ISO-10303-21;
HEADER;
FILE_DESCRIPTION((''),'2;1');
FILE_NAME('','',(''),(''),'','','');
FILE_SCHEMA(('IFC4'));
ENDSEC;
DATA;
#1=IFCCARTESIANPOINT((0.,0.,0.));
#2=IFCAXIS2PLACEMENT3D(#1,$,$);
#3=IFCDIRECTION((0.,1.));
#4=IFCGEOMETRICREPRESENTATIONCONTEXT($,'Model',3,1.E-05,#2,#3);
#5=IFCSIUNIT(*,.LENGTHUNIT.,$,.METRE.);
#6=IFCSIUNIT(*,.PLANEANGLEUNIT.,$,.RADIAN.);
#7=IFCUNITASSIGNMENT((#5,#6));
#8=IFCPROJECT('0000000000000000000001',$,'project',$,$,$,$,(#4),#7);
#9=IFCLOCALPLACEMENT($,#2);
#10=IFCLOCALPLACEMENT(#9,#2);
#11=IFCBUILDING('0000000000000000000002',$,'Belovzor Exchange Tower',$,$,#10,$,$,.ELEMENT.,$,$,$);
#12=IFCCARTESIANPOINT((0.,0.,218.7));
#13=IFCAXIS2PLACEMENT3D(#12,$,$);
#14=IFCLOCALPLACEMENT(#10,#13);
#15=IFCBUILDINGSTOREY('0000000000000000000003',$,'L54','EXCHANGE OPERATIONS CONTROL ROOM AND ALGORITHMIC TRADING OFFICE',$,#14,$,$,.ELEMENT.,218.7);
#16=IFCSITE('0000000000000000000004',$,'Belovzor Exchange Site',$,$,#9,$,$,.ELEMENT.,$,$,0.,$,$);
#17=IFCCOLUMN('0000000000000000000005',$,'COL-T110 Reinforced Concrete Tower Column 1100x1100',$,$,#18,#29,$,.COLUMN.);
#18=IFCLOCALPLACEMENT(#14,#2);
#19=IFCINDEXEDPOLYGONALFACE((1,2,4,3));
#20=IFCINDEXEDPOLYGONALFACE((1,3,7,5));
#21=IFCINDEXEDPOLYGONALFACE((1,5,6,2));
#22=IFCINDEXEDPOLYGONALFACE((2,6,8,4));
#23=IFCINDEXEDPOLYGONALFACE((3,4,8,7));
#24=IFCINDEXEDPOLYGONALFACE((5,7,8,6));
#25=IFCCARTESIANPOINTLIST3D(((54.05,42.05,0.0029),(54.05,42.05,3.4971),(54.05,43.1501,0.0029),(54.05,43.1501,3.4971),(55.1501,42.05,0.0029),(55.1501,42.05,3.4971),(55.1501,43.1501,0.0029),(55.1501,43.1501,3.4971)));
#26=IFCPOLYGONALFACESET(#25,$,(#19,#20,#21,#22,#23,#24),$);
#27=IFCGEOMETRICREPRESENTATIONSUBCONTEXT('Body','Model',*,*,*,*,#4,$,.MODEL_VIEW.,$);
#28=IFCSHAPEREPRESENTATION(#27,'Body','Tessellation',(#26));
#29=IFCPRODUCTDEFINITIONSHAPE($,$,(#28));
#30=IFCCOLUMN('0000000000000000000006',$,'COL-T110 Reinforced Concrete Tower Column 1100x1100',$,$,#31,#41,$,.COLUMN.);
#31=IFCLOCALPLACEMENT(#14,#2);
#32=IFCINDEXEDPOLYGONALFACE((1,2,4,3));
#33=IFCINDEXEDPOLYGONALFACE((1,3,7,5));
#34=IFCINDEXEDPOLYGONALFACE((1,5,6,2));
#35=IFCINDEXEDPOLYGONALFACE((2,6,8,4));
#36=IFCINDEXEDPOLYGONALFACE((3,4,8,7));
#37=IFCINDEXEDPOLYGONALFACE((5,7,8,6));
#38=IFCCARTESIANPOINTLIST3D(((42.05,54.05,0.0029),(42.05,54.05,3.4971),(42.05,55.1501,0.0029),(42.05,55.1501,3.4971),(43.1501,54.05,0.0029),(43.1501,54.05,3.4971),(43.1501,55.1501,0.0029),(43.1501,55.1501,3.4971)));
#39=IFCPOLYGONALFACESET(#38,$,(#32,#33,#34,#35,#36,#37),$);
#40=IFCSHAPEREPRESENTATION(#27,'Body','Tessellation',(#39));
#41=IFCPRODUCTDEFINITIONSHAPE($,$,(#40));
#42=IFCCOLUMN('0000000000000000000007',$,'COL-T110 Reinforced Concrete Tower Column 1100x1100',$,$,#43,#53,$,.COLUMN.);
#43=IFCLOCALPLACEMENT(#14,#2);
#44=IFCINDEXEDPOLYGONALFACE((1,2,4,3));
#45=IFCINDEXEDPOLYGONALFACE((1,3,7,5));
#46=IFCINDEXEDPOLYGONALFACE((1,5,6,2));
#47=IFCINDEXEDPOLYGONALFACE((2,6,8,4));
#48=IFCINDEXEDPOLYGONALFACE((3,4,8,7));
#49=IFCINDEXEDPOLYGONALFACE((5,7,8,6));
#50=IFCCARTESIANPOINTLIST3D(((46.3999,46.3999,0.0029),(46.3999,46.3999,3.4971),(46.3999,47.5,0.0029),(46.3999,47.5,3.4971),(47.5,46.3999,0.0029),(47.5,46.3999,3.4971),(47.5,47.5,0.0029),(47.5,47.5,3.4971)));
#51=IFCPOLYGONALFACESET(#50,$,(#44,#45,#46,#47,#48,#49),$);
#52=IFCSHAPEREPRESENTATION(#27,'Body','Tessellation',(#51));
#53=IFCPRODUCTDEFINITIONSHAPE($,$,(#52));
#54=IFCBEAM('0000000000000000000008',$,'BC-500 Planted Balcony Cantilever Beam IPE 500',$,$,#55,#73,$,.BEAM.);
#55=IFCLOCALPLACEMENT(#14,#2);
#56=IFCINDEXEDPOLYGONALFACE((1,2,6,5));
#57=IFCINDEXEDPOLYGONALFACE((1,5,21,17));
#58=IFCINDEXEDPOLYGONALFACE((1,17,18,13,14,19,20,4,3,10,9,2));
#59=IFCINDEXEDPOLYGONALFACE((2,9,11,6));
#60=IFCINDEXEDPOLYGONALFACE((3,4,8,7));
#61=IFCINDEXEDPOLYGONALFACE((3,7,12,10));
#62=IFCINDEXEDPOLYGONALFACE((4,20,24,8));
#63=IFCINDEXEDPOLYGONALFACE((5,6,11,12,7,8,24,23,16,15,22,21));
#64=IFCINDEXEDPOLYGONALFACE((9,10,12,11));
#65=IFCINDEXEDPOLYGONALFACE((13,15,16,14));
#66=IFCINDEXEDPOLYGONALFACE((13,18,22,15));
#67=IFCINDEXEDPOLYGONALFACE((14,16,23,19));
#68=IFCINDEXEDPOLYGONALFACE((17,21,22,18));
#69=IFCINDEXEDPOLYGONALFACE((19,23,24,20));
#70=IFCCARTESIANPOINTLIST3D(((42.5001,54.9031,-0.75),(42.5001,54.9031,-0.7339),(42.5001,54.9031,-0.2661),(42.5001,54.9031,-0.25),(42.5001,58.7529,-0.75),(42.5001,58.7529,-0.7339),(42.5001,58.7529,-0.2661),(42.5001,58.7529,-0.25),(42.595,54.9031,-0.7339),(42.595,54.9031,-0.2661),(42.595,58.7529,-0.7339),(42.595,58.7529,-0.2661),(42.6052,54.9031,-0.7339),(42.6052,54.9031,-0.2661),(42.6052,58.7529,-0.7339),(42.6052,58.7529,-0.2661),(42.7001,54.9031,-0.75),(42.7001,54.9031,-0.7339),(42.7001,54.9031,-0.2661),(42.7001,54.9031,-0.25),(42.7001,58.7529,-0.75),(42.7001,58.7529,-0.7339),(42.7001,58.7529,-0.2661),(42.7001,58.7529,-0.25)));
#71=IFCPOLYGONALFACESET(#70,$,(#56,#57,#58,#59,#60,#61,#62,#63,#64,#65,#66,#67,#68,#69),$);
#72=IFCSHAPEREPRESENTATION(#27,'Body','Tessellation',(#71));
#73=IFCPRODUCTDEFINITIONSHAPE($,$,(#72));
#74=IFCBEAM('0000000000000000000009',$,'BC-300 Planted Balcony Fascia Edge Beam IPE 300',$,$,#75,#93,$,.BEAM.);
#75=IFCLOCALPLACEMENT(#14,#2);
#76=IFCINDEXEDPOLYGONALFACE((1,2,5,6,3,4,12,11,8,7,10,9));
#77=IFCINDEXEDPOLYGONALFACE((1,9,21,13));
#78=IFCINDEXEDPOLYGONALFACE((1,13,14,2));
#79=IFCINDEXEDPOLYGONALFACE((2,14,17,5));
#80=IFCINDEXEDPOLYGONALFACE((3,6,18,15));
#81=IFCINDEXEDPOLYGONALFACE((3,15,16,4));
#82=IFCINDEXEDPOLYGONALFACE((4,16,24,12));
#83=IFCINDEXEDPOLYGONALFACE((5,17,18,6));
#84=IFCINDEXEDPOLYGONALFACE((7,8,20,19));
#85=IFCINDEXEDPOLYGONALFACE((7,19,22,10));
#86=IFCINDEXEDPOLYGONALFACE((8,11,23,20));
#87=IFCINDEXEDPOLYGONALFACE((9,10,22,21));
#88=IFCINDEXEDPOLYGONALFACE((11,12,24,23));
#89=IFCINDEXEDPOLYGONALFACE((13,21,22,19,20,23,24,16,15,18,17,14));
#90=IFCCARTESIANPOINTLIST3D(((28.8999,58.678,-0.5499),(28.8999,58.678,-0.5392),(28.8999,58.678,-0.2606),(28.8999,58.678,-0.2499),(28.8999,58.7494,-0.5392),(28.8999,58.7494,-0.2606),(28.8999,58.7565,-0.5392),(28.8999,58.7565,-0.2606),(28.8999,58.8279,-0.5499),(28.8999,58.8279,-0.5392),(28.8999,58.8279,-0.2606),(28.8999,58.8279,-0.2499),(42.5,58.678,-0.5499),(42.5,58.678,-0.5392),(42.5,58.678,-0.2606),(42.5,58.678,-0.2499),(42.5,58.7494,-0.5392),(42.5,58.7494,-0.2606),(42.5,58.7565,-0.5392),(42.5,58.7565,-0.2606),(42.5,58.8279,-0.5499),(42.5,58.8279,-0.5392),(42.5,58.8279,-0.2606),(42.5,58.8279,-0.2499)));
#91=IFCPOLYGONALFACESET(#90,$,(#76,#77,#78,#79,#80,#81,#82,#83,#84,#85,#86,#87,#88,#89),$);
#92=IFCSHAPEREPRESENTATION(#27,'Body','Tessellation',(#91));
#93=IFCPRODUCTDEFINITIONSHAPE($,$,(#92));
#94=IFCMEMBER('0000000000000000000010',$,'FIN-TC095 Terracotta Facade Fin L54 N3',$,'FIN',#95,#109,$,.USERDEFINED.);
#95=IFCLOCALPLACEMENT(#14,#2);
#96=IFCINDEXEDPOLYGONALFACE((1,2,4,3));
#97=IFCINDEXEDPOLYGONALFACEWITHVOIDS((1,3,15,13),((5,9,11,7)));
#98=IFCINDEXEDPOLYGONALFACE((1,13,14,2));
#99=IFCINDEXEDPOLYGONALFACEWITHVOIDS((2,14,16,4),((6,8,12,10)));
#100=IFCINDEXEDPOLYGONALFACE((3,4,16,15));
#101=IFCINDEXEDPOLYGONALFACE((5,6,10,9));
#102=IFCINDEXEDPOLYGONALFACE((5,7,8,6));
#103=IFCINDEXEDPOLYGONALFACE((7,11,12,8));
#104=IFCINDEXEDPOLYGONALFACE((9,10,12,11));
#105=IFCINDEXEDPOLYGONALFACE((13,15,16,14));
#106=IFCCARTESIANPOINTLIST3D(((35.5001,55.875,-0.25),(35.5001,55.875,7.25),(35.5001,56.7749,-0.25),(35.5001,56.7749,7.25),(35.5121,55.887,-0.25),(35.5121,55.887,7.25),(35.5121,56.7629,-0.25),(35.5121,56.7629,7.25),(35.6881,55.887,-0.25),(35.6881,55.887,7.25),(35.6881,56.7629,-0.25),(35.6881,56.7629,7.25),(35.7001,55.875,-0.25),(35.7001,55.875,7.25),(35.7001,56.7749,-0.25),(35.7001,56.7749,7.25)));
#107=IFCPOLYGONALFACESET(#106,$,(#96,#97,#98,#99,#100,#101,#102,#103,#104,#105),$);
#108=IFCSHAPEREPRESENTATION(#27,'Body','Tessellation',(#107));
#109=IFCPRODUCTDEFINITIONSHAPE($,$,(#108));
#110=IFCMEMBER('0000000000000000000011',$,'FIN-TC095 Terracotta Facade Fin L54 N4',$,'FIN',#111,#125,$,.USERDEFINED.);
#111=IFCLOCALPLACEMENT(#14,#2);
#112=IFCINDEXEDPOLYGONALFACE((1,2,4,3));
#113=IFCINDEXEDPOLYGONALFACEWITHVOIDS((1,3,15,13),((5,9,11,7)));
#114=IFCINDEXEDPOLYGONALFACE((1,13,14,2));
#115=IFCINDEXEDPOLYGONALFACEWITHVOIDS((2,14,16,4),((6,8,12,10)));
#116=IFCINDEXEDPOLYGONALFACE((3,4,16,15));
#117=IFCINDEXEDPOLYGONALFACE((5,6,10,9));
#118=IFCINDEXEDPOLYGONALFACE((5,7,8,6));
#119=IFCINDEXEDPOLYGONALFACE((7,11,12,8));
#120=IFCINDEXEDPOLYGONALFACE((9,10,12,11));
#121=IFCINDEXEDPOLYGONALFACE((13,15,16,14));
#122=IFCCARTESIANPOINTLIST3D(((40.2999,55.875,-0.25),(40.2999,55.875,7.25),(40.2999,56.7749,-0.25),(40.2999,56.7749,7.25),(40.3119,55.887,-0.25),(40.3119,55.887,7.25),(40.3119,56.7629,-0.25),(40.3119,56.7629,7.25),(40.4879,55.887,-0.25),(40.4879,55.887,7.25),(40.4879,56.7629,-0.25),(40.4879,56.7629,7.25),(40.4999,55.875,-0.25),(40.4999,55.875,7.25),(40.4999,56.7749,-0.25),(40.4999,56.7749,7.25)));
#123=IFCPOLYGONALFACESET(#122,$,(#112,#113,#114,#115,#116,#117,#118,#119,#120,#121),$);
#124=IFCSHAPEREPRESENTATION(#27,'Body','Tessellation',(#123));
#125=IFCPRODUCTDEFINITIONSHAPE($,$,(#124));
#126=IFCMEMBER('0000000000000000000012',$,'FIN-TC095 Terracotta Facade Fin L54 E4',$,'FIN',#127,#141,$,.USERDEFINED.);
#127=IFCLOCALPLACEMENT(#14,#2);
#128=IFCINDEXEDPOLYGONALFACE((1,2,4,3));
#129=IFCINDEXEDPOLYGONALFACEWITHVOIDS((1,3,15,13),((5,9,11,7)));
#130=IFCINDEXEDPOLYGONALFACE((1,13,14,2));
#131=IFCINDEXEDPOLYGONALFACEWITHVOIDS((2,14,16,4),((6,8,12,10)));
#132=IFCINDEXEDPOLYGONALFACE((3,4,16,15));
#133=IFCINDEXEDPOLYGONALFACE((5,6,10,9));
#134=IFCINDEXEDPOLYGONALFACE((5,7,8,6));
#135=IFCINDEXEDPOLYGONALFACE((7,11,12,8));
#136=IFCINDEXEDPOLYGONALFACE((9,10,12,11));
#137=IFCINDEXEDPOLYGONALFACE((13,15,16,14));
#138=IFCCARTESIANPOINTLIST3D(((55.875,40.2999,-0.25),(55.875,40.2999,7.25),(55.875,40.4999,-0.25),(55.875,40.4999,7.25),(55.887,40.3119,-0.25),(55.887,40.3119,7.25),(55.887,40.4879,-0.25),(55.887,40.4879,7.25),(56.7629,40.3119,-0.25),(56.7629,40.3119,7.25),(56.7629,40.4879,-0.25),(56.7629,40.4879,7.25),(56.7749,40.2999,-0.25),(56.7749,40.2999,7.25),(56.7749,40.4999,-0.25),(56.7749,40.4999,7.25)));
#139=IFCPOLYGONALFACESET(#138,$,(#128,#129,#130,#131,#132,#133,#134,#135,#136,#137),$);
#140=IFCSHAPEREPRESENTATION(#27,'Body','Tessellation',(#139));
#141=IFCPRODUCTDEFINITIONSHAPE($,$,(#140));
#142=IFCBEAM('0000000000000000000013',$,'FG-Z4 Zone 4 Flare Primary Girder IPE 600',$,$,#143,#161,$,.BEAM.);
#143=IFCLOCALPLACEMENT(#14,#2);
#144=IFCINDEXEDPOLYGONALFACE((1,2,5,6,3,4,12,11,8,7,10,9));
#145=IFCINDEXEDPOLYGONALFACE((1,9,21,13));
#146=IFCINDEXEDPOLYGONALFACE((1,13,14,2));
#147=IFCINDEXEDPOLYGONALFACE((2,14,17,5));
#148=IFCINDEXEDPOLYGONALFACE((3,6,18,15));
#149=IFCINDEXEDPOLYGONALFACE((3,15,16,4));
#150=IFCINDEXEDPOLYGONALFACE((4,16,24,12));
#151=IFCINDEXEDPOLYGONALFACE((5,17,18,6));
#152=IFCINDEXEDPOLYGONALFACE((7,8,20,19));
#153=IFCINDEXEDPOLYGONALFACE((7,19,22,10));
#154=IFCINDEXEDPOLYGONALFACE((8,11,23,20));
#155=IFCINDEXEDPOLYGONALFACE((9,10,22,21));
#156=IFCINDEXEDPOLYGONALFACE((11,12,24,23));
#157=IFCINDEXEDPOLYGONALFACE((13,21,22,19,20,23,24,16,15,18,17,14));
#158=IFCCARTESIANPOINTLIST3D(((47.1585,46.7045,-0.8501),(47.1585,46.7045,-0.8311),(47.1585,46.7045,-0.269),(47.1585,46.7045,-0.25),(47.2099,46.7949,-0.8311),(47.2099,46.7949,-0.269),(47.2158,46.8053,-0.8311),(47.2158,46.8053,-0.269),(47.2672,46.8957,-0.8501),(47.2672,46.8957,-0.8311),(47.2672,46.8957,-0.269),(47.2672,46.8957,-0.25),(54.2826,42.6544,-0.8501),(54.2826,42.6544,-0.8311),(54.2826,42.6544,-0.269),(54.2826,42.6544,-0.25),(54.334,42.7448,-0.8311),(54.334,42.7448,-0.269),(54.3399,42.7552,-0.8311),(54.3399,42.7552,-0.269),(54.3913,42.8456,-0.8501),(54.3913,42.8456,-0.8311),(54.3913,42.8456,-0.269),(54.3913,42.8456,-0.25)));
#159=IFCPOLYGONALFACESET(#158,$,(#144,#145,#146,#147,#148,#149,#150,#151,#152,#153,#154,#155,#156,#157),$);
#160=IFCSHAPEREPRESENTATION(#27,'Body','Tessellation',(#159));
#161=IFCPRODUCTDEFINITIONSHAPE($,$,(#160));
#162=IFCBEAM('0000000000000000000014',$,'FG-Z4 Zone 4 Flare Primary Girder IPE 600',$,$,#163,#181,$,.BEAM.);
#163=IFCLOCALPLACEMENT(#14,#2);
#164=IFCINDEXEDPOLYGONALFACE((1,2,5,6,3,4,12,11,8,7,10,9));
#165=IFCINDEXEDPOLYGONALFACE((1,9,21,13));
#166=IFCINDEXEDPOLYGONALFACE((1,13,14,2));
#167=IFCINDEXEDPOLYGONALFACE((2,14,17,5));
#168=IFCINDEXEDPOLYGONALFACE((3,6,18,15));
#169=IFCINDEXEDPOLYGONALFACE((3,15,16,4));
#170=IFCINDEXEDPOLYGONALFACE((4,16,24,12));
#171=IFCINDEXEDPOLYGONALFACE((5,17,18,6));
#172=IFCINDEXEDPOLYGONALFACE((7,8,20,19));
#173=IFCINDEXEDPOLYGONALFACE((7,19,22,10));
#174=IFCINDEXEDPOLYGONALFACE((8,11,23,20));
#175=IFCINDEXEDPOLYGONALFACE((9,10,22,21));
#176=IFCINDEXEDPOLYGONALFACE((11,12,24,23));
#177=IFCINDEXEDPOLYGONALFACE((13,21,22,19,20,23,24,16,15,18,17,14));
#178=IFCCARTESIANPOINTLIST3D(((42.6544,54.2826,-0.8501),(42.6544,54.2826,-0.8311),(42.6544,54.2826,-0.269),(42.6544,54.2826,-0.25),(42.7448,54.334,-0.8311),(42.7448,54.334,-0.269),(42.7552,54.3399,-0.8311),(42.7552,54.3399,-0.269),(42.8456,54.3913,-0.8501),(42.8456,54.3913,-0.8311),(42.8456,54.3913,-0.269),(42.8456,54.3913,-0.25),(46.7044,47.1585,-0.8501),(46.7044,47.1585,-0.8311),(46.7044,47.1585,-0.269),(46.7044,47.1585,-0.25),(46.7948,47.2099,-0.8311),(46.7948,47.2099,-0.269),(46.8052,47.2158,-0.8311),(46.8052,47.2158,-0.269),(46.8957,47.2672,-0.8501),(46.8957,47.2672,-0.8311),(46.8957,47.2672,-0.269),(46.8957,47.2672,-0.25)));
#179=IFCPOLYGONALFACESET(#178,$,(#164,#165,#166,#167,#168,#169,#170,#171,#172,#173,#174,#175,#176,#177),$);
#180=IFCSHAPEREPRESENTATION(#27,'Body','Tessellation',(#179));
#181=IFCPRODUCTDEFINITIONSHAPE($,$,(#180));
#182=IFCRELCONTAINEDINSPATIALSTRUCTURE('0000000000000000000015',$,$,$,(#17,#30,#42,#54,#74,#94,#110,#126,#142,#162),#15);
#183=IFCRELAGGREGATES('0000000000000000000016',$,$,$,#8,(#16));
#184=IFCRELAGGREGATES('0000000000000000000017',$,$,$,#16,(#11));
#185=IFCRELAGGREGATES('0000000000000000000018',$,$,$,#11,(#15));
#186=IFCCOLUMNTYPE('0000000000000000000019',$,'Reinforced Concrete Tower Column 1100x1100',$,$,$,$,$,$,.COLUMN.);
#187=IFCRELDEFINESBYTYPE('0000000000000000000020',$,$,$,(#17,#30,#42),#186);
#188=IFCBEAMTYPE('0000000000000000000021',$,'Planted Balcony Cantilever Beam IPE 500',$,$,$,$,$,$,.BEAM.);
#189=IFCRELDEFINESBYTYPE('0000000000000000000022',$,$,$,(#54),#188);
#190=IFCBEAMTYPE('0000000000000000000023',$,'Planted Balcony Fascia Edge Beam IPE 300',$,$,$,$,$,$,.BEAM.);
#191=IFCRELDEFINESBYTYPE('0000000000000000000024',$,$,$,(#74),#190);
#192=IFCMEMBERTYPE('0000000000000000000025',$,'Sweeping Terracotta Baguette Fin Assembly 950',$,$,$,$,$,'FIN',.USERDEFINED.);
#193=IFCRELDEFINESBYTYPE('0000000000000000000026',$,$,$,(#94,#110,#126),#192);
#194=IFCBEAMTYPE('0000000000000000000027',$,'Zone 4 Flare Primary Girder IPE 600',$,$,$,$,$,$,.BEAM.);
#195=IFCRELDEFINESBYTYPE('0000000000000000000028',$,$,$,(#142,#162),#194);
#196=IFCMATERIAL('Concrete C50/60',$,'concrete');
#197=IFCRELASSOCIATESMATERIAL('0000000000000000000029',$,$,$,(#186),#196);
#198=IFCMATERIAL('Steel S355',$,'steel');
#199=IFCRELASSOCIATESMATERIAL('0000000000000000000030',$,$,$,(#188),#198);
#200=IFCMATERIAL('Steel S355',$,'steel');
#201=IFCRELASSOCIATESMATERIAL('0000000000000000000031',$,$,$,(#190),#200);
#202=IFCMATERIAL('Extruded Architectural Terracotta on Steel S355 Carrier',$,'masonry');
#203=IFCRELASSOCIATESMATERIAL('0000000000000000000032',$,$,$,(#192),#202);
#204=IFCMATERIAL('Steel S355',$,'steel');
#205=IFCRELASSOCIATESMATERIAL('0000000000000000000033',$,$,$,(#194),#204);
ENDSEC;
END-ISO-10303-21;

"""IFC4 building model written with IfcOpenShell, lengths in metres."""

from ifc_helpers import new_model, si_unit, direction, frame, origin, origin_2d, place, context, subcontext, project, spatial, rectangle, hollow_rectangle, i_section, extrude, material, material_profile, profile_set, type_object, element, save


model = new_model("IFC4")

# Units and contexts
model_context = context("Model", 3, precision=1e-05, world=origin(), true_north=direction((0.0, 1.0)))
body_context = subcontext(model_context, "Body", "Model", "MODEL_VIEW")
ifc_project = project(units=[si_unit("LENGTHUNIT", "METRE"), si_unit("PLANEANGLEUNIT", "RADIAN")], contexts=[model_context])

# Site, building, storey
site_placement = place(None, origin())
site = spatial("IfcSite", under=ifc_project, at=site_placement, Name="Belovzor Exchange Site", CompositionType="ELEMENT", RefElevation=0.0)
building_placement = place(site_placement, origin())
building = spatial("IfcBuilding", under=site, at=building_placement, Name="Belovzor Exchange Tower", CompositionType="ELEMENT")
storey_placement = place(building_placement, frame((0.0, 0.0, 218.7)))
storey = spatial("IfcBuildingStorey", under=building, at=storey_placement, Name="L54", Description="EXCHANGE OPERATIONS CONTROL ROOM AND ALGORITHMIC TRADING OFFICE", CompositionType="ELEMENT", Elevation=218.7)

# Columns
ifc_material_1 = material(Name="Concrete C50/60", Category="concrete")
ifc_material_profile_1 = material_profile(ifc_material_1, rectangle(XDim=1.1001, YDim=1.1001, at=origin_2d()))
ifc_profile_set_1 = profile_set([ifc_material_profile_1], Name="Concrete C50/60")
column_type = type_object("IfcColumnType", Name="Reinforced Concrete Tower Column 1100x1100", PredefinedType="COLUMN", material=ifc_profile_set_1)
for number, where, z_axis, x_axis, name in (
    (1, (54.6001, 42.6001, 0.0029), (0.0, 0.0, 1.0), (1.0, 0.0, 0.0), "COL-T110 Reinforced Concrete Tower Column 1100x1100"),
    (2, (42.6001, 54.6001, 0.0029), (0.0, 0.0, 1.0), (1.0, 0.0, 0.0), "COL-T110 Reinforced Concrete Tower Column 1100x1100"),
    (3, (46.95, 46.95, 0.0029), (0.0, 0.0, 1.0), (1.0, 0.0, 0.0), "COL-T110 Reinforced Concrete Tower Column 1100x1100"),
):
    element("IfcColumn", number, at=place(storey_placement, frame(where, z_axis=z_axis, x_axis=x_axis)), inside=storey, type_object=column_type, Name=name, PredefinedType="COLUMN", context=body_context, shape_type="SweptSolid", body=[
        extrude(rectangle(XDim=1.1001, YDim=1.1001, at=origin_2d()), origin(), (0.0, 0.0, 1.0), 3.4941),
    ])

# Beams
ifc_material_2 = material(Name="Steel S355", Category="steel")
ifc_material_profile_2 = material_profile(ifc_material_2, i_section(OverallWidth=0.2, OverallDepth=0.5, WebThickness=0.0103, FlangeThickness=0.0161, at=origin_2d()))
ifc_profile_set_2 = profile_set([ifc_material_profile_2], Name="Steel S355")
beam_type_1 = type_object("IfcBeamType", Name="Planted Balcony Cantilever Beam IPE 500", PredefinedType="BEAM", material=ifc_profile_set_2)
beam_1_placement = place(storey_placement, frame((42.6001, 54.9031, -0.5), z_axis=(0.0, 1.0, 0.0), x_axis=(-1.0, 0.0, 0.0)))
element("IfcBeam", 4, at=beam_1_placement, inside=storey, type_object=beam_type_1, Name="BC-500 Planted Balcony Cantilever Beam IPE 500", PredefinedType="BEAM", context=body_context, shape_type="SweptSolid", body=[
    extrude(i_section(OverallWidth=0.2, OverallDepth=0.5, WebThickness=0.0103, FlangeThickness=0.0161, at=origin_2d()), origin(), (0.0, 0.0, 1.0), 3.8499),
])
ifc_material_3 = material(Name="Steel S355", Category="steel")
ifc_material_profile_3 = material_profile(ifc_material_3, i_section(OverallWidth=0.1499, OverallDepth=0.3, WebThickness=0.0071, FlangeThickness=0.0107, at=origin_2d()))
ifc_profile_set_3 = profile_set([ifc_material_profile_3], Name="Steel S355")
beam_type_2 = type_object("IfcBeamType", Name="Planted Balcony Fascia Edge Beam IPE 300", PredefinedType="BEAM", material=ifc_profile_set_3)
beam_2_placement = place(storey_placement, frame((42.5, 58.7529, -0.3999), z_axis=(-1.0, 0.0, 0.0), x_axis=(0.0, -1.0, 0.0)))
element("IfcBeam", 5, at=beam_2_placement, inside=storey, type_object=beam_type_2, Name="BC-300 Planted Balcony Fascia Edge Beam IPE 300", PredefinedType="BEAM", context=body_context, shape_type="SweptSolid", body=[
    extrude(i_section(OverallWidth=0.1499, OverallDepth=0.3, WebThickness=0.0071, FlangeThickness=0.0107, at=origin_2d()), origin(), (0.0, 0.0, 1.0), 13.6001),
])

# Members
ifc_material_4 = material(Name="Extruded Architectural Terracotta on Steel S355 Carrier", Category="masonry")
ifc_material_profile_4 = material_profile(ifc_material_4, hollow_rectangle(XDim=0.2, YDim=0.8999, WallThickness=0.012, at=origin_2d()))
ifc_profile_set_4 = profile_set([ifc_material_profile_4], Name="Extruded Architectural Terracotta on Steel S355 Carrier")
member_type = type_object("IfcMemberType", Name="Sweeping Terracotta Baguette Fin Assembly 950", ElementType="FIN", PredefinedType="USERDEFINED", material=ifc_profile_set_4)
for number, where, z_axis, x_axis, name in (
    (6, (35.6001, 56.325, -0.25), (0.0, 0.0, 1.0), (1.0, 0.0, 0.0), "FIN-TC095 Terracotta Facade Fin L54 N3"),
    (7, (40.3999, 56.325, -0.25), (0.0, 0.0, 1.0), (1.0, 0.0, 0.0), "FIN-TC095 Terracotta Facade Fin L54 N4"),
    (8, (56.325, 40.3999, -0.25), (0.0, 0.0, 1.0), (0.0, 1.0, 0.0), "FIN-TC095 Terracotta Facade Fin L54 E4"),
):
    element("IfcMember", number, at=place(storey_placement, frame(where, z_axis=z_axis, x_axis=x_axis)), inside=storey, type_object=member_type, Name=name, ObjectType="FIN", PredefinedType="USERDEFINED", context=body_context, shape_type="SweptSolid", body=[
        extrude(hollow_rectangle(XDim=0.2, YDim=0.8999, WallThickness=0.012, at=origin_2d()), origin(), (0.0, 0.0, 1.0), 7.5),
    ])

# Beams
ifc_material_5 = material(Name="Steel S355", Category="steel")
ifc_material_profile_5 = material_profile(ifc_material_5, i_section(OverallWidth=0.22, OverallDepth=0.6001, WebThickness=0.012, FlangeThickness=0.019, at=origin_2d()))
ifc_profile_set_5 = profile_set([ifc_material_profile_5], Name="Steel S355")
beam_type_3 = type_object("IfcBeamType", Name="Zone 4 Flare Primary Girder IPE 600", PredefinedType="BEAM", material=ifc_profile_set_5)
for number, where, z_axis, x_axis, name in (
    (9, (54.3369, 42.75, -0.55), (-0.869336, 0.494222, 0.0), (-0.494222, -0.869336, 0.0), "FG-Z4 Zone 4 Flare Primary Girder IPE 600"),
    (10, (46.8, 47.2129, -0.55), (-0.494222, 0.869336, 0.0), (-0.869336, -0.494222, 0.0), "FG-Z4 Zone 4 Flare Primary Girder IPE 600"),
):
    element("IfcBeam", number, at=place(storey_placement, frame(where, z_axis=z_axis, x_axis=x_axis)), inside=storey, type_object=beam_type_3, Name=name, PredefinedType="BEAM", context=body_context, shape_type="SweptSolid", body=[
        extrude(i_section(OverallWidth=0.22, OverallDepth=0.6001, WebThickness=0.012, FlangeThickness=0.019, at=origin_2d()), origin(), (0.0, 0.0, 1.0), 8.1948),
    ])

save(model, "model.ifc")
